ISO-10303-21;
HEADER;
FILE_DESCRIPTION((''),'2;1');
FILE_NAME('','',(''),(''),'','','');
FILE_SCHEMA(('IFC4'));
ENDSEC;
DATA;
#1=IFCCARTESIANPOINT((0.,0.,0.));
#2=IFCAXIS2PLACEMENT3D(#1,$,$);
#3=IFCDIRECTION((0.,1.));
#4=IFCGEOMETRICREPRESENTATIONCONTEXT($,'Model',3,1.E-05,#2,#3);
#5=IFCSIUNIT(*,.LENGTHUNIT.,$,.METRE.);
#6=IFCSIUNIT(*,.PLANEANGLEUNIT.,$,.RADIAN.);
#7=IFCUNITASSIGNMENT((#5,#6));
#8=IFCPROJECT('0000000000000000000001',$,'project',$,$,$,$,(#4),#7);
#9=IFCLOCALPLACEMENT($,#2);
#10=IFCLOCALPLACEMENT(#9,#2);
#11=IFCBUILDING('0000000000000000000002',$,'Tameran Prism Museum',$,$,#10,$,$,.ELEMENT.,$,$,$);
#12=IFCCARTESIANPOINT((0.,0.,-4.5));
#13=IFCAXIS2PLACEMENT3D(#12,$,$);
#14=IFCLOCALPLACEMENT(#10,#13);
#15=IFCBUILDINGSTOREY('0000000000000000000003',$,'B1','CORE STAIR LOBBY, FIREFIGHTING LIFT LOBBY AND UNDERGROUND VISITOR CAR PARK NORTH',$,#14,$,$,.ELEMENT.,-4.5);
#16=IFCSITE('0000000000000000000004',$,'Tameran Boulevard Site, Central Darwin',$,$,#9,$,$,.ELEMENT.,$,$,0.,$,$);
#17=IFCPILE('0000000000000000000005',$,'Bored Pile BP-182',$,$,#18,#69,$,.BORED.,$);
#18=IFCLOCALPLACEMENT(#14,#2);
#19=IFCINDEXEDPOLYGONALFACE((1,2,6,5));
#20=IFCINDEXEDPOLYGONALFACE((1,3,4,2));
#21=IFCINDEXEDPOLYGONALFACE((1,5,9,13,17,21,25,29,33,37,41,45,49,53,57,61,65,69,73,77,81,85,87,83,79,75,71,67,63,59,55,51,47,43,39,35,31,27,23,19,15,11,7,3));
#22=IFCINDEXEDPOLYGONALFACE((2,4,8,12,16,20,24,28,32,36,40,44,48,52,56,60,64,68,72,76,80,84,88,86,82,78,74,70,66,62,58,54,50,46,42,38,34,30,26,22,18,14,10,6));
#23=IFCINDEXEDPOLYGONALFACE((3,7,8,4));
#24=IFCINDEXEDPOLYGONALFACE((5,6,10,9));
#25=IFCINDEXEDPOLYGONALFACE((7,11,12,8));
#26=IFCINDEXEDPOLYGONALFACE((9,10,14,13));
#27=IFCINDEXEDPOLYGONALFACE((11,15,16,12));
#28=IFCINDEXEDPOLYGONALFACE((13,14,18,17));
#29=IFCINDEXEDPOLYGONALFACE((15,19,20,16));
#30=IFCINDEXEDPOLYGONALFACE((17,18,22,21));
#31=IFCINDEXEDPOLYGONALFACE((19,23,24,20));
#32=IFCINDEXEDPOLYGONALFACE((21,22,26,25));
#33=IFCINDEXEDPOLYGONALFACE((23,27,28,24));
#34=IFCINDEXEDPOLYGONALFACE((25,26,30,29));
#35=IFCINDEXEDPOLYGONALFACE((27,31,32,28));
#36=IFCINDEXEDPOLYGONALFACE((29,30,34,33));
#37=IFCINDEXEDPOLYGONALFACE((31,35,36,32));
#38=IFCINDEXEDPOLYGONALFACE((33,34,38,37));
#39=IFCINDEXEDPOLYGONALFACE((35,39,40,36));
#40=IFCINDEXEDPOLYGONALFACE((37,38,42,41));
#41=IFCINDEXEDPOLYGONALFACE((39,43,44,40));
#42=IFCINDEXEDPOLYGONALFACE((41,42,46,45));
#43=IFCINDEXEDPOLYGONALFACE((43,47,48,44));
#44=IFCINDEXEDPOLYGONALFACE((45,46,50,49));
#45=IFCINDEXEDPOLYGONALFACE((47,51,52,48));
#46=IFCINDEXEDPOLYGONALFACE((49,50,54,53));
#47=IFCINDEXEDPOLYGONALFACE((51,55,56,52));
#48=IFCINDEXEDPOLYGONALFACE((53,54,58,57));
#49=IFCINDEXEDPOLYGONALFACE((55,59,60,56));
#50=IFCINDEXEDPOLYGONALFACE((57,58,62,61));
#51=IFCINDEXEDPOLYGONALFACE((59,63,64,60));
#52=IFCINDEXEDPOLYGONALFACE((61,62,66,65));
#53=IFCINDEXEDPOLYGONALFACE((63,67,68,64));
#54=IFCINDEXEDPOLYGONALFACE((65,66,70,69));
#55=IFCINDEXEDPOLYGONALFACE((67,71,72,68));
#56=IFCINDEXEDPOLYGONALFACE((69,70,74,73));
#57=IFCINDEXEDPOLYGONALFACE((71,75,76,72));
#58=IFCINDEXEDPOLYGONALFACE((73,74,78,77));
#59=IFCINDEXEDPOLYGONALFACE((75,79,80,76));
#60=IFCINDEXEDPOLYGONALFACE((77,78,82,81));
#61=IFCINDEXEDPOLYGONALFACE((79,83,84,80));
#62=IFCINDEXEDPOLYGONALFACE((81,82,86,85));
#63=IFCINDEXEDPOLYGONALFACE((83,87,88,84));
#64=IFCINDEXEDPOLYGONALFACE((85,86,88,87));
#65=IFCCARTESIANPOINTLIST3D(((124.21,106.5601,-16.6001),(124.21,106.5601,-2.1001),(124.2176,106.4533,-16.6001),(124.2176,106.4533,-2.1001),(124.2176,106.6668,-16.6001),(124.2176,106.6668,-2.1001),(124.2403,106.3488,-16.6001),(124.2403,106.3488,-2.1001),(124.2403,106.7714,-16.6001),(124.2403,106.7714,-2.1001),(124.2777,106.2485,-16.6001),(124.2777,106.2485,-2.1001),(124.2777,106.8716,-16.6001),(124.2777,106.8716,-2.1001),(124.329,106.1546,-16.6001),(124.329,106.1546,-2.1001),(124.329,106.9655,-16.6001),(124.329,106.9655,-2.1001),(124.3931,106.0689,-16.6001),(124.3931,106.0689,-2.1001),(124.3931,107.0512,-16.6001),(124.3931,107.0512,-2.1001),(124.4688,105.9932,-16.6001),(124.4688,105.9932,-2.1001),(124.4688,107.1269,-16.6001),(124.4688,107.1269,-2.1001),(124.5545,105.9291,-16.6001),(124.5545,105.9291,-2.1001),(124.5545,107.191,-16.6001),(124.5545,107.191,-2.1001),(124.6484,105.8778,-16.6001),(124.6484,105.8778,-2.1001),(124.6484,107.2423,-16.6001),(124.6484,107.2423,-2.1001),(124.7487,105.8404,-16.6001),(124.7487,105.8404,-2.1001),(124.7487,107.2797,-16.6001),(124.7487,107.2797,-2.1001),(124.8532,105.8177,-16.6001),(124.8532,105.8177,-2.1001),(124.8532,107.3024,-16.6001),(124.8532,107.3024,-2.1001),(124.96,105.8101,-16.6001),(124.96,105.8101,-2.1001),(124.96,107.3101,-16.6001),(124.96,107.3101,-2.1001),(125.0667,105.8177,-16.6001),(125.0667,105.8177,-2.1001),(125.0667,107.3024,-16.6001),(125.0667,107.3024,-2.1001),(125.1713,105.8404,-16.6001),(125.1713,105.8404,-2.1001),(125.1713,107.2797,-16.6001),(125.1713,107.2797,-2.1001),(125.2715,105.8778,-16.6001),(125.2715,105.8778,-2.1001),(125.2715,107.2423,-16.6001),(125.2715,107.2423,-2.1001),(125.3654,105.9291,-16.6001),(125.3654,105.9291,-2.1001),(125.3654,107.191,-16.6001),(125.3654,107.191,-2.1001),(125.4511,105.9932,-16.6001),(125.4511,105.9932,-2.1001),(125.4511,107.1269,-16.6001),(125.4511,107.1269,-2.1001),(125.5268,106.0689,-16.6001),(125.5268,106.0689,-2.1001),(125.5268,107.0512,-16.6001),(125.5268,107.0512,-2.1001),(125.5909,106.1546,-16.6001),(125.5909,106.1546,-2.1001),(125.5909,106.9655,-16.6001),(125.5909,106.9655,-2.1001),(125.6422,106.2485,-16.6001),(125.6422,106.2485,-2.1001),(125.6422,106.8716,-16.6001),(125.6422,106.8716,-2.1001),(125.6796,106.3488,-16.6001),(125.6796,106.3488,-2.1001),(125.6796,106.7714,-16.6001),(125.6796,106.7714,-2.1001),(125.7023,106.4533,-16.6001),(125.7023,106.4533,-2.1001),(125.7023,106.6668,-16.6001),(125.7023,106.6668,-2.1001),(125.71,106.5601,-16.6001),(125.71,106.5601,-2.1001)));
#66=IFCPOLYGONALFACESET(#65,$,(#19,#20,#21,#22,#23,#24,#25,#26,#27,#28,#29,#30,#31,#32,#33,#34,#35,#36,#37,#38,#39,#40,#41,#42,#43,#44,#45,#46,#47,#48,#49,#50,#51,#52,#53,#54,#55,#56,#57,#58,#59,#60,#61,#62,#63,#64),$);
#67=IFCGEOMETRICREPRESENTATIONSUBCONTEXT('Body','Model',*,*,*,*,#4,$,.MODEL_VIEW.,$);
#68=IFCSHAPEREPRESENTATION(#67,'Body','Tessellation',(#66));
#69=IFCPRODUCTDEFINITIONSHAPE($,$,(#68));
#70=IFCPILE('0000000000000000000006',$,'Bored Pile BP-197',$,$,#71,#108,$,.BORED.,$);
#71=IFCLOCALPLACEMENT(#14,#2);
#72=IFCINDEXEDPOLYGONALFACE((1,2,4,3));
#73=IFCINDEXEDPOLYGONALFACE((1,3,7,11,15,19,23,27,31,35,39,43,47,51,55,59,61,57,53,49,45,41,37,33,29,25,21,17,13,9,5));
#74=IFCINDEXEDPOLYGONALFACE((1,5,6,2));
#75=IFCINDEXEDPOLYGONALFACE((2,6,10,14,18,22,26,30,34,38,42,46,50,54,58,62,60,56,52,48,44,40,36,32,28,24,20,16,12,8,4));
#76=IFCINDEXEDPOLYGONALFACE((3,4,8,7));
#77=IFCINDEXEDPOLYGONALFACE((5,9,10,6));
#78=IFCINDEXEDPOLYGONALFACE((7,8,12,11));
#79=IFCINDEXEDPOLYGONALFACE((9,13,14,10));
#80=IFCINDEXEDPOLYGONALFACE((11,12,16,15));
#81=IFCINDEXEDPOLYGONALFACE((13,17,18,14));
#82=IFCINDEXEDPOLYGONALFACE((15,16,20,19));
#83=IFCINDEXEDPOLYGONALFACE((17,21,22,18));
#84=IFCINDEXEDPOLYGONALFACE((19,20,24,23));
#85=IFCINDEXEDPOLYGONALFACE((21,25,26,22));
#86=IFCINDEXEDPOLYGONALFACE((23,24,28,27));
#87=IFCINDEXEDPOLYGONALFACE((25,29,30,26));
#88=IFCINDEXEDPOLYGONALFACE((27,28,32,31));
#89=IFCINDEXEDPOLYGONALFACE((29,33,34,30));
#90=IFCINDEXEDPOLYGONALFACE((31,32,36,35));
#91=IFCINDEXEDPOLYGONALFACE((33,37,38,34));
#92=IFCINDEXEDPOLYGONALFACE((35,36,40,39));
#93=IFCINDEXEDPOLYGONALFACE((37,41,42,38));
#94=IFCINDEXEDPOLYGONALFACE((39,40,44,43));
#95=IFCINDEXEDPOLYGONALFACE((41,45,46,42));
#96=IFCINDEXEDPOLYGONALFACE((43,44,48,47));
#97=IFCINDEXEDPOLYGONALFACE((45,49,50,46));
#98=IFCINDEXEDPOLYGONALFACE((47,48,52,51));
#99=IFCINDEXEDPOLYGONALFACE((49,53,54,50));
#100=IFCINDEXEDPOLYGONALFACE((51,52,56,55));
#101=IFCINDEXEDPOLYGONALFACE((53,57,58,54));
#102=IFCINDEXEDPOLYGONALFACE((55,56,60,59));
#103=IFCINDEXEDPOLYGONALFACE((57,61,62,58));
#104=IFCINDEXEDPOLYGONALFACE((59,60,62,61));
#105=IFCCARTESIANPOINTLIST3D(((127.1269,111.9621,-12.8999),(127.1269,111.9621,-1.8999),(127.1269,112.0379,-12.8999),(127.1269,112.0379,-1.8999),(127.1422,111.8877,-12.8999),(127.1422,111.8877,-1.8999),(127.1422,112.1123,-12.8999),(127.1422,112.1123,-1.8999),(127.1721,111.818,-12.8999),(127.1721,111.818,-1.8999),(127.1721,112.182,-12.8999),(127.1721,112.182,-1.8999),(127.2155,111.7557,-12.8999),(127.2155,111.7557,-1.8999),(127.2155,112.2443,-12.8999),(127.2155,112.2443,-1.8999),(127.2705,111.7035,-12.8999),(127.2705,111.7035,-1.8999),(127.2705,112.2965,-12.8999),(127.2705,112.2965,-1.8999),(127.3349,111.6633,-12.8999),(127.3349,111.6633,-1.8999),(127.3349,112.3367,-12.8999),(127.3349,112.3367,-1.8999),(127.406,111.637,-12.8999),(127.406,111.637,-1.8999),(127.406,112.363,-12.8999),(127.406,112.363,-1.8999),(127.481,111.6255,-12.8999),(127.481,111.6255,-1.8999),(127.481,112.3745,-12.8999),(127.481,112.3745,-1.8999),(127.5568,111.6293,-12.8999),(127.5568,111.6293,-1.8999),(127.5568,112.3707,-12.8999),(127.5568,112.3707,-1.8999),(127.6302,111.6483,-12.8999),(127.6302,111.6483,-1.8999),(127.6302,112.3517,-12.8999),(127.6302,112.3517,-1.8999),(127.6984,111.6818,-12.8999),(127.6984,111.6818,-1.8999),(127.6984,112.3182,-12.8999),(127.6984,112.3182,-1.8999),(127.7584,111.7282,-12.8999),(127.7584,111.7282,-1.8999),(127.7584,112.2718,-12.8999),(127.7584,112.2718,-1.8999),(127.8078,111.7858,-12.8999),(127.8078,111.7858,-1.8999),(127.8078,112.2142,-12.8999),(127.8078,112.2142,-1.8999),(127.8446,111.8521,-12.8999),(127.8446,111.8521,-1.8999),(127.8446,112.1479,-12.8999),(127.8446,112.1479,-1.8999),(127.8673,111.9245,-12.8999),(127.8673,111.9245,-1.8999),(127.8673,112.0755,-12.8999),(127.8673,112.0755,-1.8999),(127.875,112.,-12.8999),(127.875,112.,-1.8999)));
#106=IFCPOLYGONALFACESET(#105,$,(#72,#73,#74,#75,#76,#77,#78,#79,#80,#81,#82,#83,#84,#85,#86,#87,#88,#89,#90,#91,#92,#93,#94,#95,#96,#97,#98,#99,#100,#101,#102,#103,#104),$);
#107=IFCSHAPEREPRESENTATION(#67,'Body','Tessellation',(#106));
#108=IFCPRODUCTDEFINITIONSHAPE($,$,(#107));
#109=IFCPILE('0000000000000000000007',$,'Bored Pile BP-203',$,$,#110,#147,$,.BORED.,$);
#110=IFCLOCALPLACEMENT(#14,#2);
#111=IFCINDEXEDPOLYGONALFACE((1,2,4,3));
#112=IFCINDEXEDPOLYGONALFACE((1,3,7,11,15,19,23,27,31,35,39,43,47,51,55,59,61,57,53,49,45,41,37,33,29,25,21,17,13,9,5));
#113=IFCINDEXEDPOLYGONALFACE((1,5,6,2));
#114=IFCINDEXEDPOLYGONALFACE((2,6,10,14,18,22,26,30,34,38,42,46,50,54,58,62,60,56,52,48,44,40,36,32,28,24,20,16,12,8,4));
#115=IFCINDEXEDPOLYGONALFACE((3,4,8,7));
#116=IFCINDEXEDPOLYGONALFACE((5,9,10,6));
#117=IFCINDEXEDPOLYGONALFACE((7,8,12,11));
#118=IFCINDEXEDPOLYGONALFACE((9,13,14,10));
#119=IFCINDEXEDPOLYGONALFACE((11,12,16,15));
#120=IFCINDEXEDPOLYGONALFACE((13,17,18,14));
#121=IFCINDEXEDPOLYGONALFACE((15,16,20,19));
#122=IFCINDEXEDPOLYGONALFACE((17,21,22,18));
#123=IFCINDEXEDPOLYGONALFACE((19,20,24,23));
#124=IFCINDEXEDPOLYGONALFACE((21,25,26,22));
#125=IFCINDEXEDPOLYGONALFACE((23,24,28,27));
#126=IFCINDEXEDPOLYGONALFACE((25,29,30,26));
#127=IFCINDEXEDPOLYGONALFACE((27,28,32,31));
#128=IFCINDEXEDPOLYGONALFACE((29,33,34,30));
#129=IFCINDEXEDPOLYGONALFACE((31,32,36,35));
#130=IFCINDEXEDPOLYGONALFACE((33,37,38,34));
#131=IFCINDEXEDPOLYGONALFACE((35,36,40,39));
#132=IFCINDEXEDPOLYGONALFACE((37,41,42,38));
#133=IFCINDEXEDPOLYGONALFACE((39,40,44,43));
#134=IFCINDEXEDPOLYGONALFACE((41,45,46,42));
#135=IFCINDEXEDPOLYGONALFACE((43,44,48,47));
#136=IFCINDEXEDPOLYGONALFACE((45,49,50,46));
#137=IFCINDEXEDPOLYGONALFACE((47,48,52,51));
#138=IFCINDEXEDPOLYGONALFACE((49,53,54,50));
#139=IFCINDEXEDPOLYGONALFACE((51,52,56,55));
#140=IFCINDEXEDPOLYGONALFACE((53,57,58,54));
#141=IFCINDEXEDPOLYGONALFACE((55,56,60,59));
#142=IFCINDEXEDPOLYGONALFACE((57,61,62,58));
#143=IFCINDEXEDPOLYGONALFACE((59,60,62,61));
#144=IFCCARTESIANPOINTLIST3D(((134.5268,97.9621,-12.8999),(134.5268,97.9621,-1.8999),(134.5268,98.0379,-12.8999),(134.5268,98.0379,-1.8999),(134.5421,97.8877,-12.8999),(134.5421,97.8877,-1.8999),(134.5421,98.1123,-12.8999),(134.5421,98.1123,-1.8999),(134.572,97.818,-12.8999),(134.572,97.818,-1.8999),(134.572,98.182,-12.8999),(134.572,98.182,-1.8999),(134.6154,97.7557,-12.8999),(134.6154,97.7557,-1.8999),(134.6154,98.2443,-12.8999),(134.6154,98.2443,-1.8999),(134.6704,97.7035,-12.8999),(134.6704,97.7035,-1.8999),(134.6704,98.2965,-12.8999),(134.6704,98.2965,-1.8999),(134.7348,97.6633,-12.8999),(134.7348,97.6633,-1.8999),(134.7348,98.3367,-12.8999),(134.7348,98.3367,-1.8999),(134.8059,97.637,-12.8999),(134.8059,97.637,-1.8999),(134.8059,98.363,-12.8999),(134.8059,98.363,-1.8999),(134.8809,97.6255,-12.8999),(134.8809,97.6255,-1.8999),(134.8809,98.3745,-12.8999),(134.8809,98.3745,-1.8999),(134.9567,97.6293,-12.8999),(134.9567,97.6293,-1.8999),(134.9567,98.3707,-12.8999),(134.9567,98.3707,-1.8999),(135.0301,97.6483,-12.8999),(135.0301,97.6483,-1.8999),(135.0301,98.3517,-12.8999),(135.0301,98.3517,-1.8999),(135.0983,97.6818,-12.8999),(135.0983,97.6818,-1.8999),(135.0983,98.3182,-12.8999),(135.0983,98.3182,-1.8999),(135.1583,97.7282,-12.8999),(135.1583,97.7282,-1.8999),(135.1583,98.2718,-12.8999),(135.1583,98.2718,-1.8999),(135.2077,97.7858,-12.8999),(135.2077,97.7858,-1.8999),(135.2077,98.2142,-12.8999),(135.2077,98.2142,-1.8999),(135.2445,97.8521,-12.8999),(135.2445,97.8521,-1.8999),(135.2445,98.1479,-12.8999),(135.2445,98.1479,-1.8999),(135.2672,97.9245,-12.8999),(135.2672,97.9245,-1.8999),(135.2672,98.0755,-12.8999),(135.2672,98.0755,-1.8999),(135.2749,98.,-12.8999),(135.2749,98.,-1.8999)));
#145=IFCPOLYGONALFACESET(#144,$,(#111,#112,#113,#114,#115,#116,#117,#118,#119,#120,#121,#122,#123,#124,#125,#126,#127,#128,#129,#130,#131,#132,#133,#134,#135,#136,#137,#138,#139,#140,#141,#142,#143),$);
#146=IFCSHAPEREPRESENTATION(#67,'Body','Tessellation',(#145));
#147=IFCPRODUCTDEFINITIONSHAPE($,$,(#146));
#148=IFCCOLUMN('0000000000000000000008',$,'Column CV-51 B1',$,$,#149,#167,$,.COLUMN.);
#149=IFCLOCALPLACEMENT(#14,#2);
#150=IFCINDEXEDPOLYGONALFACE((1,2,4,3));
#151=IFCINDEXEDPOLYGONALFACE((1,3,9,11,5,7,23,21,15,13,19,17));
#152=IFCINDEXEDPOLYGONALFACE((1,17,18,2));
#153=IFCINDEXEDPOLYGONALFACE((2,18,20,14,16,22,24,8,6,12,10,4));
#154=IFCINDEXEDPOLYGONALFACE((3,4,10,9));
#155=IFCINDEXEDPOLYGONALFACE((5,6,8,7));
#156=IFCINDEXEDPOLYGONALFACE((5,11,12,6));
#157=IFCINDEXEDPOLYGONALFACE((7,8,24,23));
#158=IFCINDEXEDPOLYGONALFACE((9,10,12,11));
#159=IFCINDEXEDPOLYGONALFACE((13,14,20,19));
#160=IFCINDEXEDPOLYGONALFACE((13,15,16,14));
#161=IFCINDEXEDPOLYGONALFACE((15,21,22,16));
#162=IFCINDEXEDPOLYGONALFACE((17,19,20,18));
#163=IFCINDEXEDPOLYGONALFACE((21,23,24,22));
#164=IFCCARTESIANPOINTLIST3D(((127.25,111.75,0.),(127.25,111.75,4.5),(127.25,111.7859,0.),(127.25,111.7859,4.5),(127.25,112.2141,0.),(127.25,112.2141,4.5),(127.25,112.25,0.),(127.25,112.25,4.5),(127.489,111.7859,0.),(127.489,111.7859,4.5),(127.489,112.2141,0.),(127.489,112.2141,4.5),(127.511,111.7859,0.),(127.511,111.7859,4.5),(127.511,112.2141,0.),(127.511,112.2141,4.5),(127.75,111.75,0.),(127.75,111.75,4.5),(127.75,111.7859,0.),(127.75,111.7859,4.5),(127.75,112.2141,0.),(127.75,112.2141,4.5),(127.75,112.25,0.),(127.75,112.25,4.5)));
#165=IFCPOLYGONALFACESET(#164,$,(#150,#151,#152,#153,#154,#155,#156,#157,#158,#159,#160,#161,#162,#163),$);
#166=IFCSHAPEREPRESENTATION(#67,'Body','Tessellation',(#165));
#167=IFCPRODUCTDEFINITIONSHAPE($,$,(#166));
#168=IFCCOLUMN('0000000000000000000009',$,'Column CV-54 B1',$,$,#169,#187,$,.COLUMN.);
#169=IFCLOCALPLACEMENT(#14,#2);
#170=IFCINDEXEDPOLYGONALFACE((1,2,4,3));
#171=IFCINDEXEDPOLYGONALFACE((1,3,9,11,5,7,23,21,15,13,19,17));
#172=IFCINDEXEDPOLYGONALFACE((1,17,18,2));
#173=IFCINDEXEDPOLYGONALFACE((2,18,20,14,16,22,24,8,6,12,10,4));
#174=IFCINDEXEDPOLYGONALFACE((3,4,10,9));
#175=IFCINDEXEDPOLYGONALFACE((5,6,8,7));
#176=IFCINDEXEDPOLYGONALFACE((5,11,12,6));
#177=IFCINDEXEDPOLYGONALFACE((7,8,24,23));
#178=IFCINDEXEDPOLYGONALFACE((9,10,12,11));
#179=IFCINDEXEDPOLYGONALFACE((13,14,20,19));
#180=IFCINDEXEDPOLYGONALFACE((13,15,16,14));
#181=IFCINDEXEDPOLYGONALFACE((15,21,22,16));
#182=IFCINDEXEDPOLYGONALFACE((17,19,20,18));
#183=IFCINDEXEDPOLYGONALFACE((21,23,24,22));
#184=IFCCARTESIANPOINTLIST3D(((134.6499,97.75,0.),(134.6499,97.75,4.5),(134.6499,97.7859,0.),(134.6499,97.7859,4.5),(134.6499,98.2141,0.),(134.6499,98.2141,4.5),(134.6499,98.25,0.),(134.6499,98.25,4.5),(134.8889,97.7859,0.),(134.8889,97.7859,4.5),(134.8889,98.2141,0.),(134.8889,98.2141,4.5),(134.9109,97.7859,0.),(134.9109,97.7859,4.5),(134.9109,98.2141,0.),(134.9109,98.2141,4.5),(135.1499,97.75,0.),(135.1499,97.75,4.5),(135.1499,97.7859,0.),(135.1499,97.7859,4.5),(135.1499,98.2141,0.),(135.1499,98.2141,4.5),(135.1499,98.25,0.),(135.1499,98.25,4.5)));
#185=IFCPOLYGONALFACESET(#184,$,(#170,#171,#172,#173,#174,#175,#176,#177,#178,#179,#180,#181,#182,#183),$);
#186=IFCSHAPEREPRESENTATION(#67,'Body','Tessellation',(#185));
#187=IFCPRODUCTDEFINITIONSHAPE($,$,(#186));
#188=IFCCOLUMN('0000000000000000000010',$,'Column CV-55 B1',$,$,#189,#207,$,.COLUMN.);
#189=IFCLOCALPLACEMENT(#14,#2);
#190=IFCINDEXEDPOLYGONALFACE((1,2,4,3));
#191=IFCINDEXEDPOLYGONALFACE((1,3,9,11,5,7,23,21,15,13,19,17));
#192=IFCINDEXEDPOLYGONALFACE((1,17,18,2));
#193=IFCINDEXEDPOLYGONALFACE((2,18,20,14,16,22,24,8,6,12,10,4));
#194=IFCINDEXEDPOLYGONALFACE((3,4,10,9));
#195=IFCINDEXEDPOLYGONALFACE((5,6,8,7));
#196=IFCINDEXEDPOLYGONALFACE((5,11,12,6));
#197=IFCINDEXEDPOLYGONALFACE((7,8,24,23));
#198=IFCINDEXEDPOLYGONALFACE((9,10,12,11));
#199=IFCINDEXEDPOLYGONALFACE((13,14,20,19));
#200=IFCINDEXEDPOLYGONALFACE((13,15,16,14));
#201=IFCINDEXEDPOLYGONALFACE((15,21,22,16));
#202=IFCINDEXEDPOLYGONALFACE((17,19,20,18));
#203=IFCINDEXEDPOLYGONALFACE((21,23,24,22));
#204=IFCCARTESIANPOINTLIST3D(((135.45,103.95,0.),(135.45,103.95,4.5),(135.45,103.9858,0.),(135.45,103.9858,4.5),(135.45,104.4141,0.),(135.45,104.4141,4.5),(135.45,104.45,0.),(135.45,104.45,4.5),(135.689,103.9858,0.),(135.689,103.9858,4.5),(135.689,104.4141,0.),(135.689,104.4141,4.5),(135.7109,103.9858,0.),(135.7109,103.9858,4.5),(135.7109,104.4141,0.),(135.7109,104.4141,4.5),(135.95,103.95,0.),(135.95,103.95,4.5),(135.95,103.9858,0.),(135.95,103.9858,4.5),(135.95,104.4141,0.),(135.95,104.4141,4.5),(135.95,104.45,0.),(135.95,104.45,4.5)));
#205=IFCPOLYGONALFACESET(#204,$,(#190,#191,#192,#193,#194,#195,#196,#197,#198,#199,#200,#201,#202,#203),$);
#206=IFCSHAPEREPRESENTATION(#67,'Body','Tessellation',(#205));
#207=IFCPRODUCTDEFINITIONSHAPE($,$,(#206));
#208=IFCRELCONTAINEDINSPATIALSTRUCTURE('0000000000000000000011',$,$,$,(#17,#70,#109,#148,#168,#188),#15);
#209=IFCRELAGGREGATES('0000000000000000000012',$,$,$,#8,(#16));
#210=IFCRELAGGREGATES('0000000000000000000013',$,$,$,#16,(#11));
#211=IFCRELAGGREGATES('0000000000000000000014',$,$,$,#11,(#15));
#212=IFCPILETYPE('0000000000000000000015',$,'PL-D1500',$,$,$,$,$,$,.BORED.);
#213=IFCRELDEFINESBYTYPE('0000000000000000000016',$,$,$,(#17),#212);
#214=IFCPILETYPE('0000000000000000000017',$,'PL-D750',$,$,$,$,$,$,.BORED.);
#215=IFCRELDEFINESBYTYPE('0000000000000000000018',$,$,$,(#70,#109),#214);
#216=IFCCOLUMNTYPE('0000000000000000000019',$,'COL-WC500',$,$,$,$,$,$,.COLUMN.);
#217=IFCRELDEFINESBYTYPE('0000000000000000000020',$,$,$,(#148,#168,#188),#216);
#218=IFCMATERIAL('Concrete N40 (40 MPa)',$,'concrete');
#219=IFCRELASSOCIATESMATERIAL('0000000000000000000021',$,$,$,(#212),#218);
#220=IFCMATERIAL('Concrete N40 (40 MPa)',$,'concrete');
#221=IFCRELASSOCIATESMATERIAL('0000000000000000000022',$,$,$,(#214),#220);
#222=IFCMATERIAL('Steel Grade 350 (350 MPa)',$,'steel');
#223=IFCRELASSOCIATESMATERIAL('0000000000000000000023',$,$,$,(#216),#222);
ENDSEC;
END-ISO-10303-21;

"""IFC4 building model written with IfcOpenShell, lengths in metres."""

from ifc_helpers import new_model, si_unit, direction, frame, origin, origin_2d, place, context, subcontext, project, spatial, circle, i_section, extrude, material, material_profile, profile_set, type_object, element, save


model = new_model("IFC4")

# Units and contexts
model_context = context("Model", 3, precision=1e-05, world=origin(), true_north=direction((0.0, 1.0)))
body_context = subcontext(model_context, "Body", "Model", "MODEL_VIEW")
ifc_project = project(units=[si_unit("LENGTHUNIT", "METRE"), si_unit("PLANEANGLEUNIT", "RADIAN")], contexts=[model_context])

# Site, building, storey
site_placement = place(None, origin())
site = spatial("IfcSite", under=ifc_project, at=site_placement, Name="Tameran Boulevard Site, Central Darwin", CompositionType="ELEMENT", RefElevation=0.0)
building_placement = place(site_placement, origin())
building = spatial("IfcBuilding", under=site, at=building_placement, Name="Tameran Prism Museum", CompositionType="ELEMENT")
storey_placement = place(building_placement, frame((0.0, 0.0, -4.5)))
storey = spatial("IfcBuildingStorey", under=building, at=storey_placement, Name="B1", Description="CORE STAIR LOBBY, FIREFIGHTING LIFT LOBBY AND UNDERGROUND VISITOR CAR PARK NORTH", CompositionType="ELEMENT", Elevation=-4.5)

# Piles
ifc_material_1 = material(Name="Concrete N40 (40 MPa)", Category="concrete")
ifc_material_profile_1 = material_profile(ifc_material_1, circle(Radius=0.75, at=origin_2d()))
ifc_profile_set_1 = profile_set([ifc_material_profile_1])
pile_type_1 = type_object("IfcPileType", Name="PL-D1500", PredefinedType="BORED", material=ifc_profile_set_1)
for number, where, z_axis, x_axis, name in (
    (1, (124.96, 106.5601, -2.1001), (0.0, 0.0, -1.0), (1.0, 0.0, 0.0), "Bored Pile BP-182"),
):
    element("IfcPile", number, at=place(storey_placement, frame(where, z_axis=z_axis, x_axis=x_axis)), inside=storey, type_object=pile_type_1, Name=name, PredefinedType="BORED", context=body_context, shape_type="SweptSolid", body=[
        extrude(circle(Radius=0.75, at=origin_2d()), origin(), (0.0, 0.0, 1.0), 14.5),
    ])
ifc_material_2 = material(Name="Concrete N40 (40 MPa)", Category="concrete")
ifc_material_profile_2 = material_profile(ifc_material_2, circle(Radius=0.375, at=origin_2d()))
ifc_profile_set_2 = profile_set([ifc_material_profile_2])
pile_type_2 = type_object("IfcPileType", Name="PL-D750", PredefinedType="BORED", material=ifc_profile_set_2)
for number, where, z_axis, x_axis, name in (
    (2, (127.5, 112.0, -1.8999), (0.0, 0.0, -1.0), (1.0, 0.0, 0.0), "Bored Pile BP-197"),
    (3, (134.8999, 98.0, -1.8999), (0.0, 0.0, -1.0), (1.0, 0.0, 0.0), "Bored Pile BP-203"),
):
    element("IfcPile", number, at=place(storey_placement, frame(where, z_axis=z_axis, x_axis=x_axis)), inside=storey, type_object=pile_type_2, Name=name, PredefinedType="BORED", context=body_context, shape_type="SweptSolid", body=[
        extrude(circle(Radius=0.375, at=origin_2d()), origin(), (0.0, 0.0, 1.0), 11.0),
    ])

# Columns
ifc_material_3 = material(Name="Steel Grade 350 (350 MPa)", Category="steel")
ifc_material_profile_3 = material_profile(ifc_material_3, i_section(OverallWidth=0.5, OverallDepth=0.5, WebThickness=0.022, FlangeThickness=0.0359, at=origin_2d()))
ifc_profile_set_3 = profile_set([ifc_material_profile_3])
column_type = type_object("IfcColumnType", Name="COL-WC500", PredefinedType="COLUMN", material=ifc_profile_set_3)
for number, where, z_axis, x_axis, name in (
    (4, (127.5, 112.0, 0.0), (0.0, 0.0, 1.0), (1.0, 0.0, 0.0), "Column CV-51 B1"),
    (5, (134.8999, 98.0, 0.0), (0.0, 0.0, 1.0), (1.0, 0.0, 0.0), "Column CV-54 B1"),
    (6, (135.7, 104.2, 0.0), (0.0, 0.0, 1.0), (1.0, 0.0, 0.0), "Column CV-55 B1"),
):
    element("IfcColumn", number, at=place(storey_placement, frame(where, z_axis=z_axis, x_axis=x_axis)), inside=storey, type_object=column_type, Name=name, PredefinedType="COLUMN", context=body_context, shape_type="SweptSolid", body=[
        extrude(i_section(OverallWidth=0.5, OverallDepth=0.5, WebThickness=0.022, FlangeThickness=0.0359, at=origin_2d()), origin(), (0.0, 0.0, 1.0), 4.5),
    ])

save(model, "model.ifc")
